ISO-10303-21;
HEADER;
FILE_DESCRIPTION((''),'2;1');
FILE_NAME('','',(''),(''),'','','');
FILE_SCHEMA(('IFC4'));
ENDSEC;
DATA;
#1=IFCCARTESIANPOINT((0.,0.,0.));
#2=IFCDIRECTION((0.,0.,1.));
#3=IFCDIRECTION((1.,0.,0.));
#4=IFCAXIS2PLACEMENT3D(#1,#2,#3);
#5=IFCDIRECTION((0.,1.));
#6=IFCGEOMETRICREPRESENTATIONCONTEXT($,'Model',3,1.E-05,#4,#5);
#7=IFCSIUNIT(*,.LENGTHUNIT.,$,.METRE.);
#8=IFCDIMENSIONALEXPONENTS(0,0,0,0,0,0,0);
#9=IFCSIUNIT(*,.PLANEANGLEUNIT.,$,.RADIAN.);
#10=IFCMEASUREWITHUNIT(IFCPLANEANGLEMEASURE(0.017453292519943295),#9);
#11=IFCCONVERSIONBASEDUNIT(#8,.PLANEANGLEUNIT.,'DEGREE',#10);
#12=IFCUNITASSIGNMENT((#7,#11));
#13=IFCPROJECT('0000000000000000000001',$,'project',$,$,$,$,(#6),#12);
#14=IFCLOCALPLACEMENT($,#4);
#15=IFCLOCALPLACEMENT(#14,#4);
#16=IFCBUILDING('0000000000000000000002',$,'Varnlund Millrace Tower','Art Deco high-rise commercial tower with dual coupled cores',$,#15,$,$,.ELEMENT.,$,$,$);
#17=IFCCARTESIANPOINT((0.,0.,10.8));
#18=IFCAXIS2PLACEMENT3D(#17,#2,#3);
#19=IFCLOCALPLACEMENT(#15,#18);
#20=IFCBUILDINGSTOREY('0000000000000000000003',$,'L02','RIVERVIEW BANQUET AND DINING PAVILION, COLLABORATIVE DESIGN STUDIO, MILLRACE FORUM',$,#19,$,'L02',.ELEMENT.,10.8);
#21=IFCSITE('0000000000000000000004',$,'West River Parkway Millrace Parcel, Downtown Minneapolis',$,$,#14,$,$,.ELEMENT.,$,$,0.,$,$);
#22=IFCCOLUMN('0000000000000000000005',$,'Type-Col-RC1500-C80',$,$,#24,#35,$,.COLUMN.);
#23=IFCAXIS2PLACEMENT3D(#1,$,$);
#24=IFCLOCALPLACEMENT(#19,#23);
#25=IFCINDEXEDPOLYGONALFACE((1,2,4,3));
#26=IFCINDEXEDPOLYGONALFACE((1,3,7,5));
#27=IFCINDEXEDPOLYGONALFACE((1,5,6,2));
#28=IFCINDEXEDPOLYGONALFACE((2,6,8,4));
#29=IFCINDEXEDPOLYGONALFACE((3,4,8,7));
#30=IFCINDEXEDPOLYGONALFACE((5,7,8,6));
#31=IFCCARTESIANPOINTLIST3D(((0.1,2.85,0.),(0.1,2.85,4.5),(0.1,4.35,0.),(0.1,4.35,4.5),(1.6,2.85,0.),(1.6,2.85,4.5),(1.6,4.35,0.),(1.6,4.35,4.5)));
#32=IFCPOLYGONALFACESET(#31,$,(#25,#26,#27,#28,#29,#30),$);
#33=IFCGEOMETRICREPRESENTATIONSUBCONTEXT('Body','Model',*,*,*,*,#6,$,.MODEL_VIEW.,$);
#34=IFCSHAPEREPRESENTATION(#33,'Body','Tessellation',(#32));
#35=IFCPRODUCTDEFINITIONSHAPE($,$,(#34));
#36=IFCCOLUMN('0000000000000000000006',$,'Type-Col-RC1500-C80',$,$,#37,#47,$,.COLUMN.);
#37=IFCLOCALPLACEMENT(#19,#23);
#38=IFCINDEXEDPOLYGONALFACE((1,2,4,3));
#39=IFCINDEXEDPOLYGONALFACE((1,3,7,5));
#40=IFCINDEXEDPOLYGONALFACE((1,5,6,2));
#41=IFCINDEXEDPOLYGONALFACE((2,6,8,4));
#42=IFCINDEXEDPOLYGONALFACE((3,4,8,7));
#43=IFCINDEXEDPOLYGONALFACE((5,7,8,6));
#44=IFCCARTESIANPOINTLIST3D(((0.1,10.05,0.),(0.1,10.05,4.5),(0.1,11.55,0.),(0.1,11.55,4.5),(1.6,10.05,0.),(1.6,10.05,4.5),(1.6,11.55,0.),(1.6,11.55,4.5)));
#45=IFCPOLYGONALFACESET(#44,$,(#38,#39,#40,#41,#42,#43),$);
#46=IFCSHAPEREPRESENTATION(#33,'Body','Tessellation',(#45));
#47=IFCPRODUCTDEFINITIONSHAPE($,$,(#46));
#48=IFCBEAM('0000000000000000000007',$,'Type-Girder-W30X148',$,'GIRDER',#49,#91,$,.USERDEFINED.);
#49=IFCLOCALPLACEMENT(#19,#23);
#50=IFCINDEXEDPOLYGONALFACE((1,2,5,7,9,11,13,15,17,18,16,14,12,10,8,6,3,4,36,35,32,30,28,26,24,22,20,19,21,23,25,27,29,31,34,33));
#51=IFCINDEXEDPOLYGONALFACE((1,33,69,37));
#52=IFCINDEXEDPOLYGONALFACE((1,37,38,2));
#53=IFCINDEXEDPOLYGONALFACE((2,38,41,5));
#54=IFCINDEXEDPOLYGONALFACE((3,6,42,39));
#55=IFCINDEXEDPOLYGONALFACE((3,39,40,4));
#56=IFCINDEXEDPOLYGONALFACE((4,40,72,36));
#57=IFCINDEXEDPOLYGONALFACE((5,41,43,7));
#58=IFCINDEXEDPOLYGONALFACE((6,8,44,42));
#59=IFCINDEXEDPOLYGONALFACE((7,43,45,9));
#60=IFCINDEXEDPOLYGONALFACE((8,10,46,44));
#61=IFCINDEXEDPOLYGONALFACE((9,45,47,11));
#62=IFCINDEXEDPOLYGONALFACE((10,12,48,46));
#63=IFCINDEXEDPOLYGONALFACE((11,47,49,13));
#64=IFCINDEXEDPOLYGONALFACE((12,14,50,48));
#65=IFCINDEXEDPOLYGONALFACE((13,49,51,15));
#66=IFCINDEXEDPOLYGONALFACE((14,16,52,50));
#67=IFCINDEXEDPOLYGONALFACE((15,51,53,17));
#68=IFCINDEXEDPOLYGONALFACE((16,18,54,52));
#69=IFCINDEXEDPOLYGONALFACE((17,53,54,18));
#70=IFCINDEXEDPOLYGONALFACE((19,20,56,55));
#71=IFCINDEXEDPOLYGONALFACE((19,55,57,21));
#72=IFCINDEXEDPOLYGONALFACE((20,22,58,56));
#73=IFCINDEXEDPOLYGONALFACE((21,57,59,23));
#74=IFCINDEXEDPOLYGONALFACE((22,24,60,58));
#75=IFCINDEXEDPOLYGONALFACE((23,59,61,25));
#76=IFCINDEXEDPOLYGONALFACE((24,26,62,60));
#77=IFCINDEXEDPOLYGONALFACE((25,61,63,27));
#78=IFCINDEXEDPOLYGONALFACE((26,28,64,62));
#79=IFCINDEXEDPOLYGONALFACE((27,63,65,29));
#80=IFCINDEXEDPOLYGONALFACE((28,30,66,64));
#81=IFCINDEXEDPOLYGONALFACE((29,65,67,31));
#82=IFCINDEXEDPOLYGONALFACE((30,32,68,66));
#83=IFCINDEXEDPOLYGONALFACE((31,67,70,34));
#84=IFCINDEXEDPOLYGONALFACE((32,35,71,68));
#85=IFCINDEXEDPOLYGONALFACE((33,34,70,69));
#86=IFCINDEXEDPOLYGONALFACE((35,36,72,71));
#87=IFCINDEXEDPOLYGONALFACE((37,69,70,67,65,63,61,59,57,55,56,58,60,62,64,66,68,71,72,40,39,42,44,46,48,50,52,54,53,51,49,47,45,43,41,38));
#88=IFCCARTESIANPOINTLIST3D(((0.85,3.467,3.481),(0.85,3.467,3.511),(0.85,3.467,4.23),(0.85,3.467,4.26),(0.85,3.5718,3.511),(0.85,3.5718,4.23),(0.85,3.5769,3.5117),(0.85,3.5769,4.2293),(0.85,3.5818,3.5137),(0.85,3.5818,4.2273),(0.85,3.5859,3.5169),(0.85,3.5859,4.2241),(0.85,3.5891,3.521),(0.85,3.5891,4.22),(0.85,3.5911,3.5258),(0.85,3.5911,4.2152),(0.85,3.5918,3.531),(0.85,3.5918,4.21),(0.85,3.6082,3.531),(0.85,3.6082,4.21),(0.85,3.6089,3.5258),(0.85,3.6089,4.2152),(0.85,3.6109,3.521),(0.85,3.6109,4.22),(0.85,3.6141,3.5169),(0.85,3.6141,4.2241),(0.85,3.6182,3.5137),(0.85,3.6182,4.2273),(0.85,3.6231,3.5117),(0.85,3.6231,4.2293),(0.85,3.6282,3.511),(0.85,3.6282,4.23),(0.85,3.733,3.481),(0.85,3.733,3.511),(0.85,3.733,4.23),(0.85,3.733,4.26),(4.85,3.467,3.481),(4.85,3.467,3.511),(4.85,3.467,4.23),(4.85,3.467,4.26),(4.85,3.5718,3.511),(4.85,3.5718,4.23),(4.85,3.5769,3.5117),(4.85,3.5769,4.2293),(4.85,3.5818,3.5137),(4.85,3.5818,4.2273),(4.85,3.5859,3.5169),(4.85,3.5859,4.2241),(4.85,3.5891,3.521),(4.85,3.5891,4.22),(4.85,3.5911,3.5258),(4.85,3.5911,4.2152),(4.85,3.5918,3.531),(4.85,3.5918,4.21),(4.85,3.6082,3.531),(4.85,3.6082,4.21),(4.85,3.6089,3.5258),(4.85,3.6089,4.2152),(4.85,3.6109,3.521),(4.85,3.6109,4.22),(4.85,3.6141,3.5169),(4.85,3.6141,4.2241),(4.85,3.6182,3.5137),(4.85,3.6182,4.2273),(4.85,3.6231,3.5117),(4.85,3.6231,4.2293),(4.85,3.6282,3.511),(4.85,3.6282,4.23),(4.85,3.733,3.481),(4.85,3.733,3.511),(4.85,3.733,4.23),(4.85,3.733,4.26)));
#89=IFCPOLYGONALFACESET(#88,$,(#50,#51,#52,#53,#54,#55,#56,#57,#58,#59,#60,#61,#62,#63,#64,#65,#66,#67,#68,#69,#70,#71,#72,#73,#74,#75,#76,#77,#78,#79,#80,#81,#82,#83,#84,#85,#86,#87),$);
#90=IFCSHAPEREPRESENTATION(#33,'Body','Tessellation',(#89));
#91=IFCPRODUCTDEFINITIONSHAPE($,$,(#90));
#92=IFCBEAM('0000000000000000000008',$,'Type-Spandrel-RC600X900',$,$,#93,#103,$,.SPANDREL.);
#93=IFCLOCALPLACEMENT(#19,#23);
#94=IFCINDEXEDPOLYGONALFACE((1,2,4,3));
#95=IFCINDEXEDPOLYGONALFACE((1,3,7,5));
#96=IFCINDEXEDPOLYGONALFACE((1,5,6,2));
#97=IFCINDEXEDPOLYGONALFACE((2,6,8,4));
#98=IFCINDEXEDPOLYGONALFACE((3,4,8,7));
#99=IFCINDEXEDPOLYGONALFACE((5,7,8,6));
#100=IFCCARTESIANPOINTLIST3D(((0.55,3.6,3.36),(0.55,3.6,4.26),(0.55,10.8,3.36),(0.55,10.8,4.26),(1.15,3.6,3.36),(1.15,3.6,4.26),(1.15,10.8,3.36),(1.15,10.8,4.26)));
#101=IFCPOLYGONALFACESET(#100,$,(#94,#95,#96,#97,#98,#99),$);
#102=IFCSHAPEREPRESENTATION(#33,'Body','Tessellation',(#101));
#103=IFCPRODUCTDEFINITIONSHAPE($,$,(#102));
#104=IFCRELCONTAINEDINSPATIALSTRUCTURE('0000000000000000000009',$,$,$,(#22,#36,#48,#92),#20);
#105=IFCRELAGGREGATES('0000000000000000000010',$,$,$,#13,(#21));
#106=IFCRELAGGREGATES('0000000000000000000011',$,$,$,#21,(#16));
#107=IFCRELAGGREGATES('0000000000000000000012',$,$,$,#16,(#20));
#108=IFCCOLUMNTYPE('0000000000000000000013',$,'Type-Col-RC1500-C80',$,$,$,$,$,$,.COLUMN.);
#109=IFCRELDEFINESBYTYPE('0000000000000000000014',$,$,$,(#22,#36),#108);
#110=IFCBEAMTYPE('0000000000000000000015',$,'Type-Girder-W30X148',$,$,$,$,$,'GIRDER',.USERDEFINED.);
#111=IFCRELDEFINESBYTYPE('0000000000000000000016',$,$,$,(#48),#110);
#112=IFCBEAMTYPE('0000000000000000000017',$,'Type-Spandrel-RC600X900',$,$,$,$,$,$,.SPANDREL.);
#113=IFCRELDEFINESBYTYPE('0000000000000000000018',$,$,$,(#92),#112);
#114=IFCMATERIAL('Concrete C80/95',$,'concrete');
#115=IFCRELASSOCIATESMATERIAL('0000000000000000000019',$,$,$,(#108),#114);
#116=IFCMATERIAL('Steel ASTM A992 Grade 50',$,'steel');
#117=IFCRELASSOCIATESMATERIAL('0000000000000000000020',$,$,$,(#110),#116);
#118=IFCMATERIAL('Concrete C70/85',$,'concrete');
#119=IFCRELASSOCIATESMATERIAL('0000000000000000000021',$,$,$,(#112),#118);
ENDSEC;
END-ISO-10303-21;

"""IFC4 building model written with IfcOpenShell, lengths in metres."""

from ifc_helpers import new_model, entity, si_unit, converted_unit, direction, frame, origin_with_axes, origin_2d_with_axis, place, context, subcontext, project, spatial, rectangle, i_section, extrude, material, material_profile, profile_set, type_object, element, save


model = new_model("IFC4")

# Units and contexts
model_context = context("Model", 3, precision=1e-05, world=origin_with_axes(), true_north=direction((0.0, 1.0)))
body_context = subcontext(model_context, "Body", "Model", "MODEL_VIEW")
ifc_project = project(units=[si_unit("LENGTHUNIT", "METRE"), converted_unit("PLANEANGLEUNIT", "DEGREE", entity("IfcPlaneAngleMeasure", 0.017453292519943295), si_unit("PLANEANGLEUNIT", "RADIAN"), dimensions=[0, 0, 0, 0, 0, 0, 0])], contexts=[model_context])

# Site, building, storey
site_placement = place(None, origin_with_axes())
site = spatial("IfcSite", under=ifc_project, at=site_placement, Name="West River Parkway Millrace Parcel, Downtown Minneapolis", CompositionType="ELEMENT", RefElevation=0.0)
building_placement = place(site_placement, origin_with_axes())
building = spatial("IfcBuilding", under=site, at=building_placement, Name="Varnlund Millrace Tower", Description="Art Deco high-rise commercial tower with dual coupled cores", CompositionType="ELEMENT")
storey_placement = place(building_placement, frame((0.0, 0.0, 10.8), z_axis=(0.0, 0.0, 1.0), x_axis=(1.0, 0.0, 0.0)))
storey = spatial("IfcBuildingStorey", under=building, at=storey_placement, Name="L02", Description="RIVERVIEW BANQUET AND DINING PAVILION, COLLABORATIVE DESIGN STUDIO, MILLRACE FORUM", LongName="L02", CompositionType="ELEMENT", Elevation=10.8)

# Columns
ifc_material_1 = material(Name="Concrete C80/95", Category="concrete")
ifc_material_profile_1 = material_profile(ifc_material_1, rectangle(XDim=1.5, YDim=1.5, at=origin_2d_with_axis()), Name="Concrete C80/95")
ifc_profile_set_1 = profile_set([ifc_material_profile_1], Name="Concrete C80/95")
column_type = type_object("IfcColumnType", Name="Type-Col-RC1500-C80", PredefinedType="COLUMN", material=ifc_profile_set_1)
for number, where, z_axis, x_axis, name in (
    (1, (0.85, 3.6, 0.0), (0.0, 0.0, 1.0), (1.0, 0.0, 0.0), "Type-Col-RC1500-C80"),
    (2, (0.85, 10.8, 0.0), (0.0, 0.0, 1.0), (1.0, 0.0, 0.0), "Type-Col-RC1500-C80"),
):
    element("IfcColumn", number, at=place(storey_placement, frame(where, z_axis=z_axis, x_axis=x_axis)), inside=storey, type_object=column_type, Name=name, PredefinedType="COLUMN", context=body_context, shape_type="SweptSolid", body=[
        extrude(rectangle(XDim=1.5, YDim=1.5, at=origin_2d_with_axis()), origin_with_axes(), (0.0, 0.0, 1.0), 4.5),
    ])

# Beams
ifc_material_2 = material(Name="Steel ASTM A992 Grade 50", Category="steel")
ifc_material_profile_2 = material_profile(ifc_material_2, i_section(OverallWidth=0.266, OverallDepth=0.779, WebThickness=0.0165, FlangeThickness=0.03, FilletRadius=0.02, at=origin_2d_with_axis()), Name="Steel ASTM A992 Grade 50")
ifc_profile_set_2 = profile_set([ifc_material_profile_2], Name="Steel ASTM A992 Grade 50")
beam_type_1 = type_object("IfcBeamType", Name="Type-Girder-W30X148", ElementType="GIRDER", PredefinedType="USERDEFINED", material=ifc_profile_set_2)
beam_1_placement = place(storey_placement, frame((0.85, 3.6, 3.8705), z_axis=(1.0, 0.0, 0.0), x_axis=(0.0, 1.0, 0.0)))
element("IfcBeam", 3, at=beam_1_placement, inside=storey, type_object=beam_type_1, Name="Type-Girder-W30X148", ObjectType="GIRDER", PredefinedType="USERDEFINED", context=body_context, shape_type="SweptSolid", body=[
    extrude(i_section(OverallWidth=0.266, OverallDepth=0.779, WebThickness=0.0165, FlangeThickness=0.03, FilletRadius=0.02, at=origin_2d_with_axis()), origin_with_axes(), (0.0, 0.0, 1.0), 4.0),
])
ifc_material_3 = material(Name="Concrete C70/85", Category="concrete")
ifc_material_profile_3 = material_profile(ifc_material_3, rectangle(XDim=0.6, YDim=0.9, at=origin_2d_with_axis()), Name="Concrete C70/85")
ifc_profile_set_3 = profile_set([ifc_material_profile_3], Name="Concrete C70/85")
beam_type_2 = type_object("IfcBeamType", Name="Type-Spandrel-RC600X900", PredefinedType="SPANDREL", material=ifc_profile_set_3)
beam_2_placement = place(storey_placement, frame((0.85, 3.6, 3.81), z_axis=(0.0, 1.0, 0.0), x_axis=(-1.0, 0.0, 0.0)))
element("IfcBeam", 4, at=beam_2_placement, inside=storey, type_object=beam_type_2, Name="Type-Spandrel-RC600X900", PredefinedType="SPANDREL", context=body_context, shape_type="SweptSolid", body=[
    extrude(rectangle(XDim=0.6, YDim=0.9, at=origin_2d_with_axis()), origin_with_axes(), (0.0, 0.0, 1.0), 7.2),
])

save(model, "model.ifc")
